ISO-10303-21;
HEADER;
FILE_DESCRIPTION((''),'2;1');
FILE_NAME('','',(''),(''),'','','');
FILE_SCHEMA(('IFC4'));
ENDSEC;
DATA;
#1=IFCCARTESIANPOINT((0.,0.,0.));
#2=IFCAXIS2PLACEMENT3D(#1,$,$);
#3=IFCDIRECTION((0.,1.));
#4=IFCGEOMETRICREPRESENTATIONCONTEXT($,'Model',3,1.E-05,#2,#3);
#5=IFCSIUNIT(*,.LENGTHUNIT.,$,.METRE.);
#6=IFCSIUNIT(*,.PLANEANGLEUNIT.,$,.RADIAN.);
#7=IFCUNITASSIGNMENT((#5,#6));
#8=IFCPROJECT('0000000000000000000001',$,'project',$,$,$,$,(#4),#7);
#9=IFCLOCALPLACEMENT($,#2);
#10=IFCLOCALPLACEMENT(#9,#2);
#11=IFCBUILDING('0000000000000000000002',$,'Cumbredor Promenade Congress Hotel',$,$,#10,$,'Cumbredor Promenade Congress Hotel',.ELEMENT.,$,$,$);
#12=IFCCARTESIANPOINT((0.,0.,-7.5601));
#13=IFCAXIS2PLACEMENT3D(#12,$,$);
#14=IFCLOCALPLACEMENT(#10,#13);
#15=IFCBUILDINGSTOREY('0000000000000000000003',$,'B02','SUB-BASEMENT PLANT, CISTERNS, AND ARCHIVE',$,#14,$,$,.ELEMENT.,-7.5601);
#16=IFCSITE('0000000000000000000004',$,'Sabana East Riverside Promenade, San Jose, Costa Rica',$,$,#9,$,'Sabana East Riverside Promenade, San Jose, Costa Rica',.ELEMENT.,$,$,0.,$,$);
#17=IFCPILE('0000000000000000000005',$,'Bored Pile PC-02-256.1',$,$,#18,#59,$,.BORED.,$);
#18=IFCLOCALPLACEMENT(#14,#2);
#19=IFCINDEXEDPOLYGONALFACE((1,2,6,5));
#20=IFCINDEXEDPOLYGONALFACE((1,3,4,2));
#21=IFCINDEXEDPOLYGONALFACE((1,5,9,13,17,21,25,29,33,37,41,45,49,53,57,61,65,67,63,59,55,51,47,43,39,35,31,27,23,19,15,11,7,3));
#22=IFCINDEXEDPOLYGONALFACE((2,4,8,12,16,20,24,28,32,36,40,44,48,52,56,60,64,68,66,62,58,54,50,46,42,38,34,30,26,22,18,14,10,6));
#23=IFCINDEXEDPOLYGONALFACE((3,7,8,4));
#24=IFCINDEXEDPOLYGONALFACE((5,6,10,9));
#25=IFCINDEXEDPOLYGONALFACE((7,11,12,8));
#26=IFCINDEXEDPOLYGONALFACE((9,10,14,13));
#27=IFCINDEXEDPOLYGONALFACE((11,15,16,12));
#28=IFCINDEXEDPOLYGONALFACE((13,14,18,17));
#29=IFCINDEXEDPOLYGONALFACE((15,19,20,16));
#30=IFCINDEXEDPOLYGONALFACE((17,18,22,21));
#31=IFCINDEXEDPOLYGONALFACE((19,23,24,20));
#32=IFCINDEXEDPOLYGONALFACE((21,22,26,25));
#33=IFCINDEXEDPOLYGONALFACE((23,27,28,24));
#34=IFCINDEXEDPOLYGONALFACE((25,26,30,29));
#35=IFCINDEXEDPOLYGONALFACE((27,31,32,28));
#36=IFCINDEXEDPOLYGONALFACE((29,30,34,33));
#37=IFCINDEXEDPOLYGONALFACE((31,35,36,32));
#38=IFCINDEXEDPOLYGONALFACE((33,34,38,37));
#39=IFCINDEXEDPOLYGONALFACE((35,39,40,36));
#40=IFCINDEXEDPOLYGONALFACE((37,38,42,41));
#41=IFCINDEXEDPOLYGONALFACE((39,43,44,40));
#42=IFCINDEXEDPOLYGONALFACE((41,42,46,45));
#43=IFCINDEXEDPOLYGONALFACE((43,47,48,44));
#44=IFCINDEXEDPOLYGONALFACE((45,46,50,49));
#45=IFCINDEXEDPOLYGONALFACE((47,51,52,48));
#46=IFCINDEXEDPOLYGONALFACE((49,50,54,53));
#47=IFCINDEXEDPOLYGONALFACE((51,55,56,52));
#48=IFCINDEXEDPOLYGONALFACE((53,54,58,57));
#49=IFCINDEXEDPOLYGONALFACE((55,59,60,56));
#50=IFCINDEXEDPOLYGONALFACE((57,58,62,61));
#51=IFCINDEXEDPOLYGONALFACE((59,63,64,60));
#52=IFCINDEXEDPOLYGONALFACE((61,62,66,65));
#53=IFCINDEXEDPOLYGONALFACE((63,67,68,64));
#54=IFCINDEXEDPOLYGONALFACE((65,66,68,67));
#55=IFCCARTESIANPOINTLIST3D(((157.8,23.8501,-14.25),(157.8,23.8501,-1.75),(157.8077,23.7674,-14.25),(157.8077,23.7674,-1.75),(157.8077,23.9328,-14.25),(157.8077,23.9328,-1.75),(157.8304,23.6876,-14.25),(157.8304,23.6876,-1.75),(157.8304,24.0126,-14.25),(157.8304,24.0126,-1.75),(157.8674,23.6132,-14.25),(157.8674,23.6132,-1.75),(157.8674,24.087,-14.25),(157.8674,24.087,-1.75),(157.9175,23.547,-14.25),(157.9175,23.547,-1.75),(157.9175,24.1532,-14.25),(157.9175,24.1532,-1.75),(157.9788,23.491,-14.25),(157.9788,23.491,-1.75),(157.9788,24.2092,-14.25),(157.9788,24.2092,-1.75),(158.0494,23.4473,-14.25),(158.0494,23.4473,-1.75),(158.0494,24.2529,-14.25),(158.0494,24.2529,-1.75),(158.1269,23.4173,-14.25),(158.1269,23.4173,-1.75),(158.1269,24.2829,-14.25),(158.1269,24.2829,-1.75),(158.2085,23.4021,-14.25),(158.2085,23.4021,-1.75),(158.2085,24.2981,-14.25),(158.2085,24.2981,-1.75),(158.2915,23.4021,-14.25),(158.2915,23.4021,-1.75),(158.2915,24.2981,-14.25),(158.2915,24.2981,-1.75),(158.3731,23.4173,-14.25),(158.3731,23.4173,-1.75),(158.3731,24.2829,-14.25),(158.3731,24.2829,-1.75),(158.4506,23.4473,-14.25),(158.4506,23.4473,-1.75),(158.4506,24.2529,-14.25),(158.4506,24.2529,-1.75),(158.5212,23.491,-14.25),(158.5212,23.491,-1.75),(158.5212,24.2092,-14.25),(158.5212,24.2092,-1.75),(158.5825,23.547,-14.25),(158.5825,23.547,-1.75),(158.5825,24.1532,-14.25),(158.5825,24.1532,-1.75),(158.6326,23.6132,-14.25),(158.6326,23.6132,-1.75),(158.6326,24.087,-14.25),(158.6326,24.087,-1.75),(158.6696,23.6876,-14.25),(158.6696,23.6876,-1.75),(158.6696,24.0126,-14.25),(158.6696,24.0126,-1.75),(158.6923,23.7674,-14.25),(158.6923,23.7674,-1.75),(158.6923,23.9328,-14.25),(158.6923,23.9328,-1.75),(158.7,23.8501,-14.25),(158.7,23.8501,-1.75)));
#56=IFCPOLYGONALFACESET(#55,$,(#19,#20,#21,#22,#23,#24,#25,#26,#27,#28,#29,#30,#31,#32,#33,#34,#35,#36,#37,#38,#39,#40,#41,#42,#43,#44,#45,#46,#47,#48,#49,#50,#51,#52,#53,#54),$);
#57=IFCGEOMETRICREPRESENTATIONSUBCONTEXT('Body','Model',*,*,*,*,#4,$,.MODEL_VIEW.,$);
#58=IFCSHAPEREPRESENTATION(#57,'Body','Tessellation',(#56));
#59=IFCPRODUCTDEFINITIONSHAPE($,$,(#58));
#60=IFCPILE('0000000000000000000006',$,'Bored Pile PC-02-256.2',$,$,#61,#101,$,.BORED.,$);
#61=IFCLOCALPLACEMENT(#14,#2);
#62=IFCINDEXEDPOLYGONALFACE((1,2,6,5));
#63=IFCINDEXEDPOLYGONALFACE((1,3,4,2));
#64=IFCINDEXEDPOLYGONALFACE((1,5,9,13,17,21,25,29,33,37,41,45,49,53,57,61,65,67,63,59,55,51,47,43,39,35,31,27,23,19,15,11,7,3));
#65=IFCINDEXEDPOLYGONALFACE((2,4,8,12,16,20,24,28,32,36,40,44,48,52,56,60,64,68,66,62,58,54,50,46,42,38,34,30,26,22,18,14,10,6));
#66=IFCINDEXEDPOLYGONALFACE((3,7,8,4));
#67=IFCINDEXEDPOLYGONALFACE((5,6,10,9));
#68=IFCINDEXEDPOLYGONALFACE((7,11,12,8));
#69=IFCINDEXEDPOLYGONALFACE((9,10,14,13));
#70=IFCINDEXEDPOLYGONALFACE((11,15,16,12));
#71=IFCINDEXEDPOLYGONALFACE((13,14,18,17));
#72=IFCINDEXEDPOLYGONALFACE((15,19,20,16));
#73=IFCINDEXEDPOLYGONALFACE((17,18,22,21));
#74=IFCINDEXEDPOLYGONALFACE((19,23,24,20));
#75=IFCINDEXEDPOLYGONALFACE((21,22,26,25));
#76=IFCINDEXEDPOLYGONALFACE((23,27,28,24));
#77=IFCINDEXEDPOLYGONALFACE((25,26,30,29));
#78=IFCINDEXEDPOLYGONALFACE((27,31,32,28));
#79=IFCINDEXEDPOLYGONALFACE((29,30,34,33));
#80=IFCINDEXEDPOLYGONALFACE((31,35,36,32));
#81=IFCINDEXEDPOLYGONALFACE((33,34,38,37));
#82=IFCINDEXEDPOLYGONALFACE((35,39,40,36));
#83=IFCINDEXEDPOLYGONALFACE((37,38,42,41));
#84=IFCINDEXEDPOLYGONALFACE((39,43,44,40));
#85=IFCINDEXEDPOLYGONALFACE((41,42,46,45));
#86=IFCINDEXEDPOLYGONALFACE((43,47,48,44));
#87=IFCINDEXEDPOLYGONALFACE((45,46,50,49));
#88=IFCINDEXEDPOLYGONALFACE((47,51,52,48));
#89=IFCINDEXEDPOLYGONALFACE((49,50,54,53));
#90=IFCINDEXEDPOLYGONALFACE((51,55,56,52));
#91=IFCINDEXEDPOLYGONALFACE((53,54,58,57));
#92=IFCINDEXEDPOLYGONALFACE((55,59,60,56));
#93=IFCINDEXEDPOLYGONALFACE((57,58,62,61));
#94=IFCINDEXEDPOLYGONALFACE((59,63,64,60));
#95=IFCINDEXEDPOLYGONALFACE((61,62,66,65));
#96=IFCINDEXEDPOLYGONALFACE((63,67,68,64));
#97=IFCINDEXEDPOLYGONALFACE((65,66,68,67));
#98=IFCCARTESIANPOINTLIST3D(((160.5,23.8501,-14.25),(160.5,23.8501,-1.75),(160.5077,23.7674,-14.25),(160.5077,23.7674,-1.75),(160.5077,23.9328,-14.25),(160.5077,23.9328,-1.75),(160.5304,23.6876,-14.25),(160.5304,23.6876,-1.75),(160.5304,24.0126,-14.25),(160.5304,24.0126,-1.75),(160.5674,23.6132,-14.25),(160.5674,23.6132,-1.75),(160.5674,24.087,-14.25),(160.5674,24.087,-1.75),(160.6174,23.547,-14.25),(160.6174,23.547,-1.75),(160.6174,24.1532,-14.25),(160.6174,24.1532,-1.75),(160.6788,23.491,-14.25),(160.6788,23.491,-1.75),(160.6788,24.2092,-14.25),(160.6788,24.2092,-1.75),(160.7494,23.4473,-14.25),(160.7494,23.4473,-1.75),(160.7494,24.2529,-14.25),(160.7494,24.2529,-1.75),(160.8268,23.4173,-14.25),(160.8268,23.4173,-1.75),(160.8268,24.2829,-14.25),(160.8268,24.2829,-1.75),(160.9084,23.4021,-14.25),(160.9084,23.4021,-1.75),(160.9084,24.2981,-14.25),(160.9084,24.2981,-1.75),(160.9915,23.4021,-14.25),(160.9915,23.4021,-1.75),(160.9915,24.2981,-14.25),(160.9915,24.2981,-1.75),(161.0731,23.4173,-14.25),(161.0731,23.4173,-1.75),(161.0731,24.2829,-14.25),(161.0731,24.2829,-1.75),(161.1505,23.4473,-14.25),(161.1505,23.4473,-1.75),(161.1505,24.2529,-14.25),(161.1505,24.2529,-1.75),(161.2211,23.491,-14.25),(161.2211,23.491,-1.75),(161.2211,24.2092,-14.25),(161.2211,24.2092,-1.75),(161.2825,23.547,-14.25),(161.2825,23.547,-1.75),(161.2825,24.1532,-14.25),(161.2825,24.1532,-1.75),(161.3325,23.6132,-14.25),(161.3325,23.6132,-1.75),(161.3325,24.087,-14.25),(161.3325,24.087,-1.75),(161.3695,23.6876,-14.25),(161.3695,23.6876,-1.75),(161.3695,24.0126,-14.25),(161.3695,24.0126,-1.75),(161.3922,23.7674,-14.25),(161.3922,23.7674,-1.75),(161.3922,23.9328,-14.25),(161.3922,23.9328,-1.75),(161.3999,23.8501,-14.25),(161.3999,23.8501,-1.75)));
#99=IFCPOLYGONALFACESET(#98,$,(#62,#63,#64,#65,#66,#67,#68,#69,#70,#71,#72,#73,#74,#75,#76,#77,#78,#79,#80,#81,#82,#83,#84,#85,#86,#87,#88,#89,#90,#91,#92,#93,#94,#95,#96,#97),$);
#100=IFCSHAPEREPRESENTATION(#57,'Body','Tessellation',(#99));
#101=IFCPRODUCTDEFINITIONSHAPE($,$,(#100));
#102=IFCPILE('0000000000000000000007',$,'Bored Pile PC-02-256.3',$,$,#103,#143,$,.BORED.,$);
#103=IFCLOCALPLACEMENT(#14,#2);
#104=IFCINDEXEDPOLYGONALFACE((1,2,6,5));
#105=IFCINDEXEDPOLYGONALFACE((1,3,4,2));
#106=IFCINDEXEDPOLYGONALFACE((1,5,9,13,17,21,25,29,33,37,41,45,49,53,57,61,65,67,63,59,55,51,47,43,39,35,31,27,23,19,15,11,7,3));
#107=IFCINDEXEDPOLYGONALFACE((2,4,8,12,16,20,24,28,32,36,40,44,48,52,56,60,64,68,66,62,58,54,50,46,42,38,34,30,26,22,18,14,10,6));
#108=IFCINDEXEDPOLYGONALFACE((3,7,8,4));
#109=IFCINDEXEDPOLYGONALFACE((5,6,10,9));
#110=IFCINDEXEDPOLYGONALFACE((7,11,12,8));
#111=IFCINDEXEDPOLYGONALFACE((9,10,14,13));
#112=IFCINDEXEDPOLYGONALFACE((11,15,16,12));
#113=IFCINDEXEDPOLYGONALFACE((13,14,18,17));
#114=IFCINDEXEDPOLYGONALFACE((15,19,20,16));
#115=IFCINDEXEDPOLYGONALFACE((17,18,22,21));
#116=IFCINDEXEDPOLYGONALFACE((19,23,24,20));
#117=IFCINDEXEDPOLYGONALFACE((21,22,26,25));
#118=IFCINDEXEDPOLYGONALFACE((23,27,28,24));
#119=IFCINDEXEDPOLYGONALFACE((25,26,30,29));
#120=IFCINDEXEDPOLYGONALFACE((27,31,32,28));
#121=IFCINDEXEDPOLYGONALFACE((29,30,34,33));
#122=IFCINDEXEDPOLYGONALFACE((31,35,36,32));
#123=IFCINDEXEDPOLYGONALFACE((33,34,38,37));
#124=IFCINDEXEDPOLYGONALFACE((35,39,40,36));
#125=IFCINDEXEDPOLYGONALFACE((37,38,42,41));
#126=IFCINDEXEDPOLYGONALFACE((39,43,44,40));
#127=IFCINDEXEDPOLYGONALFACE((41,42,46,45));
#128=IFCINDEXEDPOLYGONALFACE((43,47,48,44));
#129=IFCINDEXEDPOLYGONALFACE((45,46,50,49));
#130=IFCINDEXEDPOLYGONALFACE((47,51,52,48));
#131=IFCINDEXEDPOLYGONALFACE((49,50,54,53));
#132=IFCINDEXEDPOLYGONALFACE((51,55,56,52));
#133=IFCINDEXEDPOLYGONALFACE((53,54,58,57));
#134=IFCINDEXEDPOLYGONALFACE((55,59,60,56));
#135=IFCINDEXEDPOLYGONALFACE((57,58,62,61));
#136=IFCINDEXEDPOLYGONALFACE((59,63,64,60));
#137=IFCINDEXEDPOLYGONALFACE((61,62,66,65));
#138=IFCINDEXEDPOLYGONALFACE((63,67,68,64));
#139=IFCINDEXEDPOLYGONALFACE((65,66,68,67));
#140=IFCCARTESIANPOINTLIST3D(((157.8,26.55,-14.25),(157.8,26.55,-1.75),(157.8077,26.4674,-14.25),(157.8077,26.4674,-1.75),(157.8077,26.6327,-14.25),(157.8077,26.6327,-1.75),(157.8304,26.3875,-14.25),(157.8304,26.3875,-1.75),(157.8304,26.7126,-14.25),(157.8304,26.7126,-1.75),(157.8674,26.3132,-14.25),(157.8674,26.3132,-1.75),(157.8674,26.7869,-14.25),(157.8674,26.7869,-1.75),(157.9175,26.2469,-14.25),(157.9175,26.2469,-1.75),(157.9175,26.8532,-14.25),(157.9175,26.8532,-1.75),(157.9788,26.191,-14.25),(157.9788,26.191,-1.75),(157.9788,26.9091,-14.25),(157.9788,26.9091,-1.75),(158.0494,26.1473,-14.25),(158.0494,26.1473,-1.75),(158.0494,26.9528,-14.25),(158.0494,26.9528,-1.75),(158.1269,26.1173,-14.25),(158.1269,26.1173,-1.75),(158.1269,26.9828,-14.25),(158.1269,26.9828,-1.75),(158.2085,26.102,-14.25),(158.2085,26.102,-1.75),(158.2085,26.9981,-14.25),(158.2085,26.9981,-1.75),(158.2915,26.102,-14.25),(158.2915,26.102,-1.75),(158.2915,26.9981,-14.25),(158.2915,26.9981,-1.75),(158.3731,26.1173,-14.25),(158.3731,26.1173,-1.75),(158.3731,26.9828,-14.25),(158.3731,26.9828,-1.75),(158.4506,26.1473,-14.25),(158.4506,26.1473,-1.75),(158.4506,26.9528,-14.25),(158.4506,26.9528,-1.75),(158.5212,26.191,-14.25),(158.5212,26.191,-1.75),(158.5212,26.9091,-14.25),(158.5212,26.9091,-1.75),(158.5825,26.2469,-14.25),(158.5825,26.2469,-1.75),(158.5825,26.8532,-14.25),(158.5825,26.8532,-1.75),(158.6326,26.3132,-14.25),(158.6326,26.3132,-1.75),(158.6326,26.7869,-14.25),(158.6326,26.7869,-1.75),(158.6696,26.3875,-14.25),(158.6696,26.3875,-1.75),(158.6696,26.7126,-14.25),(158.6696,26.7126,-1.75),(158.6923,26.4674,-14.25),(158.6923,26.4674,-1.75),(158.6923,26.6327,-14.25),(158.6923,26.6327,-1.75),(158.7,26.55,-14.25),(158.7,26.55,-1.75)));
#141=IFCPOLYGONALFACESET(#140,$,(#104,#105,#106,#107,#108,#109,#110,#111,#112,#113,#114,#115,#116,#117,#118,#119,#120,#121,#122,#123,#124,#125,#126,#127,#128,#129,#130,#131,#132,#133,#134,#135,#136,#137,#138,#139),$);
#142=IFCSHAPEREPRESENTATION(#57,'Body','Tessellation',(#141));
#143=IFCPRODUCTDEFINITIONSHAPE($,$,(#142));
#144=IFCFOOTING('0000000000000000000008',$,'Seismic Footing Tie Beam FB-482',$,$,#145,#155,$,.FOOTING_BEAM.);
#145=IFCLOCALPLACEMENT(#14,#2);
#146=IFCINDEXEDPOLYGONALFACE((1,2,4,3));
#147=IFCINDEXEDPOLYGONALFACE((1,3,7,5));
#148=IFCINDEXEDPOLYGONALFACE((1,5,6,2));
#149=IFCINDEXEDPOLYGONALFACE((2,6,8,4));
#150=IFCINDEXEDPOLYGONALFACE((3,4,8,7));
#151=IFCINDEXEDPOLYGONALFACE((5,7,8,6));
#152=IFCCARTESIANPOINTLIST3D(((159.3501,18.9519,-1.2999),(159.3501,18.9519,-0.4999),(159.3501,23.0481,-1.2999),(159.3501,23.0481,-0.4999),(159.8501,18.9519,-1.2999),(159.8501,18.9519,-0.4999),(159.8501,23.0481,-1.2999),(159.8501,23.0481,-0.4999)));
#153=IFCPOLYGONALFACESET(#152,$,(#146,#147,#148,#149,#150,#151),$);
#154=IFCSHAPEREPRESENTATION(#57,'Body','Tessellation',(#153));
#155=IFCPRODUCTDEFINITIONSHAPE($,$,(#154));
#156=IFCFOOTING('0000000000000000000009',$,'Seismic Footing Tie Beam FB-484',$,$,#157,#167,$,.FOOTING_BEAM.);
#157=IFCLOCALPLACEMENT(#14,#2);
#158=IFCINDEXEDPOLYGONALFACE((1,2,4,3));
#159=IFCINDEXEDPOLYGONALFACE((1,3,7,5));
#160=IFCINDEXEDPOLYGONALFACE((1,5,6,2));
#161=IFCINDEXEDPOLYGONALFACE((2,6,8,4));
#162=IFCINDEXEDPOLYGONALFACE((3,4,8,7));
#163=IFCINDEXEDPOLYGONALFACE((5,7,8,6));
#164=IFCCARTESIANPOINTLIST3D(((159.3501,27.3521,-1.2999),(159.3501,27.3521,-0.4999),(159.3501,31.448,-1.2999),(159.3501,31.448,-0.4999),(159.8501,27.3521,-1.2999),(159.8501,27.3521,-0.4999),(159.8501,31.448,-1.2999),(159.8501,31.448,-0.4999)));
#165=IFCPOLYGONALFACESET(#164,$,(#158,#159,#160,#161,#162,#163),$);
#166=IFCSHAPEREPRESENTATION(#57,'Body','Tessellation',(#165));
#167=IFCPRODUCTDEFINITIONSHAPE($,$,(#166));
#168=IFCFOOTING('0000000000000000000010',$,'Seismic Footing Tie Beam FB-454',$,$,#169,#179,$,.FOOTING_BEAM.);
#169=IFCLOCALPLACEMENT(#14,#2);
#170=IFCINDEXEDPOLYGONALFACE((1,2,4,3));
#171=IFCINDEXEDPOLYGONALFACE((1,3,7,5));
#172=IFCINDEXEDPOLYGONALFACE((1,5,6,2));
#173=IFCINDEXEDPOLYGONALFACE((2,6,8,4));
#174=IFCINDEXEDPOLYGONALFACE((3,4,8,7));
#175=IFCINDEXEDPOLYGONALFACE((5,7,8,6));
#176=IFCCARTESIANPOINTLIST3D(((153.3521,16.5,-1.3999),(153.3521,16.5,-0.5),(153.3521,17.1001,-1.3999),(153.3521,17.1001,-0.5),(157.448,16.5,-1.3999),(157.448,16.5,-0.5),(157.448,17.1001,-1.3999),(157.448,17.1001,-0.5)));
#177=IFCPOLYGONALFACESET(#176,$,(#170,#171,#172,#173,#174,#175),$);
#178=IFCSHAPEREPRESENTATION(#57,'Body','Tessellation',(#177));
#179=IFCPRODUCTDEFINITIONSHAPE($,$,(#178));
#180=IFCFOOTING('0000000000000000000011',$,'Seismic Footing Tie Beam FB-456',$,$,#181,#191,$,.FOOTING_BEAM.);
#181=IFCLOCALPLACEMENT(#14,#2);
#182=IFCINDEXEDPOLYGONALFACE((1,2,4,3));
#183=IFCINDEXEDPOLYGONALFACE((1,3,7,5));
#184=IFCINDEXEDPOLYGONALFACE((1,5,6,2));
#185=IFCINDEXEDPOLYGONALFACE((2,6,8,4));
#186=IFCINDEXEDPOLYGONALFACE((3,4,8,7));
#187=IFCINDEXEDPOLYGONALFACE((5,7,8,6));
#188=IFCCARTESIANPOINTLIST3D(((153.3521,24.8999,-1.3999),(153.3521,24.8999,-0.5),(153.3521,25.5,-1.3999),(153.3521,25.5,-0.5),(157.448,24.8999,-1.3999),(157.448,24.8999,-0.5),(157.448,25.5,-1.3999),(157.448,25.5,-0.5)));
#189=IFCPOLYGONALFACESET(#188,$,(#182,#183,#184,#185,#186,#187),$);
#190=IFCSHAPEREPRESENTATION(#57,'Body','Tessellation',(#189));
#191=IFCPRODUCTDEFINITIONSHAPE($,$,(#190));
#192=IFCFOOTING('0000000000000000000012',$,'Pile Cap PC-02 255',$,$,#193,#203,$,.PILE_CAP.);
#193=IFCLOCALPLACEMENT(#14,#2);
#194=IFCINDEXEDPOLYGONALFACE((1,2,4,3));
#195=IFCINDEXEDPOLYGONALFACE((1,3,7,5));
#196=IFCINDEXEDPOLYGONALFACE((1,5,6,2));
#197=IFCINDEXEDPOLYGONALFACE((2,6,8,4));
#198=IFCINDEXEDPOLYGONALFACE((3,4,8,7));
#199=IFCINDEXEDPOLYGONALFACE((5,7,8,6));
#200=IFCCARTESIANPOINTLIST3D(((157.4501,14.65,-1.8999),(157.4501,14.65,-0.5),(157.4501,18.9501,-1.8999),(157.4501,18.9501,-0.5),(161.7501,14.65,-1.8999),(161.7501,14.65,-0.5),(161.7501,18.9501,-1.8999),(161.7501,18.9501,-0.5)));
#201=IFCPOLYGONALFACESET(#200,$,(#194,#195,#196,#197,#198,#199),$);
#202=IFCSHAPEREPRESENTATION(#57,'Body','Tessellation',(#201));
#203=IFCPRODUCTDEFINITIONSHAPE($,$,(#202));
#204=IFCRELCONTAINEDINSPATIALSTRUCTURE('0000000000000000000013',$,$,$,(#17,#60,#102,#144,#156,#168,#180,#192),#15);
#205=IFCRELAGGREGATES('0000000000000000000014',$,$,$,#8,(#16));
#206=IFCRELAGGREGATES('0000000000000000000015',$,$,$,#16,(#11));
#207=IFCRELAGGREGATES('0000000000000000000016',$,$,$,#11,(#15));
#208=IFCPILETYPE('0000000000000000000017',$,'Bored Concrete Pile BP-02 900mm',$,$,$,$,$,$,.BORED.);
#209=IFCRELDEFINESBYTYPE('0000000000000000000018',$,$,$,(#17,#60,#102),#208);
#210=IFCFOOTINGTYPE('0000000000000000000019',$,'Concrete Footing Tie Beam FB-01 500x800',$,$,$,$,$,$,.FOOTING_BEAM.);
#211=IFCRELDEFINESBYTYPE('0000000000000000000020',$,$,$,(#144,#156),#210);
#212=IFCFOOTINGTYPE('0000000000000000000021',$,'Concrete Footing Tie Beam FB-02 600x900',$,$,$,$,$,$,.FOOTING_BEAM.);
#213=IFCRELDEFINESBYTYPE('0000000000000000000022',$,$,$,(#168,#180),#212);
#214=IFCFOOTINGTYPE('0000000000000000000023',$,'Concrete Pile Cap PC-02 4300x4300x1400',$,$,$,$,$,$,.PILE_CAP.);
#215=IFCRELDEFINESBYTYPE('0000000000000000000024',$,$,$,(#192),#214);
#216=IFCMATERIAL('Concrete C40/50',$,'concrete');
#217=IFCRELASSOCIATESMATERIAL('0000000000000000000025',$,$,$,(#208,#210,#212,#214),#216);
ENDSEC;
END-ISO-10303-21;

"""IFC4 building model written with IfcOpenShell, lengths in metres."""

from ifc_helpers import new_model, si_unit, direction, frame, origin, origin_2d, place, context, subcontext, project, spatial, rectangle, circle, extrude, material, material_profile, profile_set, type_object, element, save


model = new_model("IFC4")

# Units and contexts
model_context = context("Model", 3, precision=1e-05, world=origin(), true_north=direction((0.0, 1.0)))
body_context = subcontext(model_context, "Body", "Model", "MODEL_VIEW")
ifc_project = project(units=[si_unit("LENGTHUNIT", "METRE"), si_unit("PLANEANGLEUNIT", "RADIAN")], contexts=[model_context])

# Site, building, storey
site_placement = place(None, origin())
site = spatial("IfcSite", under=ifc_project, at=site_placement, Name="Sabana East Riverside Promenade, San Jose, Costa Rica", LongName="Sabana East Riverside Promenade, San Jose, Costa Rica", CompositionType="ELEMENT", RefElevation=0.0)
building_placement = place(site_placement, origin())
building = spatial("IfcBuilding", under=site, at=building_placement, Name="Cumbredor Promenade Congress Hotel", LongName="Cumbredor Promenade Congress Hotel", CompositionType="ELEMENT")
storey_placement = place(building_placement, frame((0.0, 0.0, -7.5601)))
storey = spatial("IfcBuildingStorey", under=building, at=storey_placement, Name="B02", Description="SUB-BASEMENT PLANT, CISTERNS, AND ARCHIVE", CompositionType="ELEMENT", Elevation=-7.5601)

# Piles
ifc_material_1 = material(Name="Concrete C40/50", Category="concrete")
ifc_material_profile_1 = material_profile(ifc_material_1, circle(Radius=0.45, at=origin_2d()), Name="PILE D900")
ifc_profile_set_1 = profile_set([ifc_material_profile_1], Name="Concrete C40/50")
pile_type = type_object("IfcPileType", Name="Bored Concrete Pile BP-02 900mm", PredefinedType="BORED", material=ifc_profile_set_1)
for number, where, z_axis, x_axis, name in (
    (1, (158.25, 23.8501, -1.75), (0.0, 0.0, -1.0), (1.0, 0.0, 0.0), "Bored Pile PC-02-256.1"),
    (2, (160.95, 23.8501, -1.75), (0.0, 0.0, -1.0), (1.0, 0.0, 0.0), "Bored Pile PC-02-256.2"),
    (3, (158.25, 26.55, -1.75), (0.0, 0.0, -1.0), (1.0, 0.0, 0.0), "Bored Pile PC-02-256.3"),
):
    element("IfcPile", number, at=place(storey_placement, frame(where, z_axis=z_axis, x_axis=x_axis)), inside=storey, type_object=pile_type, Name=name, PredefinedType="BORED", context=body_context, shape_type="SweptSolid", body=[
        extrude(circle(Radius=0.45, at=origin_2d()), origin(), (0.0, 0.0, 1.0), 12.5),
    ])

# Footings
ifc_material_profile_2 = material_profile(ifc_material_1, rectangle(XDim=0.5, YDim=0.8, at=origin_2d()), Name="FB 500x800")
ifc_profile_set_2 = profile_set([ifc_material_profile_2], Name="Concrete C40/50")
footing_type_1 = type_object("IfcFootingType", Name="Concrete Footing Tie Beam FB-01 500x800", PredefinedType="FOOTING_BEAM", material=ifc_profile_set_2)
footing_1_placement = place(storey_placement, frame((159.6001, 18.9519, -0.8999), z_axis=(0.0, 1.0, 0.0), x_axis=(-1.0, 0.0, 0.0)))
element("IfcFooting", 4, at=footing_1_placement, inside=storey, type_object=footing_type_1, Name="Seismic Footing Tie Beam FB-482", PredefinedType="FOOTING_BEAM", context=body_context, shape_type="SweptSolid", body=[
    extrude(rectangle(XDim=0.5, YDim=0.8, at=origin_2d()), origin(), (0.0, 0.0, 1.0), 4.0962),
])
footing_2_placement = place(storey_placement, frame((159.6001, 27.3521, -0.8999), z_axis=(0.0, 1.0, 0.0), x_axis=(-1.0, 0.0, 0.0)))
element("IfcFooting", 5, at=footing_2_placement, inside=storey, type_object=footing_type_1, Name="Seismic Footing Tie Beam FB-484", PredefinedType="FOOTING_BEAM", context=body_context, shape_type="SweptSolid", body=[
    extrude(rectangle(XDim=0.5, YDim=0.8, at=origin_2d()), origin(), (0.0, 0.0, 1.0), 4.0959),
])
ifc_material_profile_3 = material_profile(ifc_material_1, rectangle(XDim=0.6001, YDim=0.8999, at=origin_2d()), Name="FB 600x900")
ifc_profile_set_3 = profile_set([ifc_material_profile_3], Name="Concrete C40/50")
footing_type_2 = type_object("IfcFootingType", Name="Concrete Footing Tie Beam FB-02 600x900", PredefinedType="FOOTING_BEAM", material=ifc_profile_set_3)
for number, where, z_axis, x_axis, name in (
    (6, (153.3521, 16.8, -0.95), (1.0, 0.0, 0.0), (0.0, 1.0, 0.0), "Seismic Footing Tie Beam FB-454"),
    (7, (153.3521, 25.2, -0.95), (1.0, 0.0, 0.0), (0.0, 1.0, 0.0), "Seismic Footing Tie Beam FB-456"),
):
    element("IfcFooting", number, at=place(storey_placement, frame(where, z_axis=z_axis, x_axis=x_axis)), inside=storey, type_object=footing_type_2, Name=name, PredefinedType="FOOTING_BEAM", context=body_context, shape_type="SweptSolid", body=[
        extrude(rectangle(XDim=0.6001, YDim=0.8999, at=origin_2d()), origin(), (0.0, 0.0, 1.0), 4.0959),
    ])
footing_type_3 = type_object("IfcFootingType", Name="Concrete Pile Cap PC-02 4300x4300x1400", PredefinedType="PILE_CAP", material=ifc_material_1)
for number, where, z_axis, x_axis, name in (
    (8, (159.6001, 16.8, -1.8999), (0.0, 0.0, 1.0), (1.0, 0.0, 0.0), "Pile Cap PC-02 255"),
):
    element("IfcFooting", number, at=place(storey_placement, frame(where, z_axis=z_axis, x_axis=x_axis)), inside=storey, type_object=footing_type_3, Name=name, PredefinedType="PILE_CAP", context=body_context, shape_type="SweptSolid", body=[
        extrude(rectangle(XDim=4.3, YDim=4.3, at=origin_2d()), origin(), (0.0, 0.0, 1.0), 1.3999),
    ])

save(model, "model.ifc")
